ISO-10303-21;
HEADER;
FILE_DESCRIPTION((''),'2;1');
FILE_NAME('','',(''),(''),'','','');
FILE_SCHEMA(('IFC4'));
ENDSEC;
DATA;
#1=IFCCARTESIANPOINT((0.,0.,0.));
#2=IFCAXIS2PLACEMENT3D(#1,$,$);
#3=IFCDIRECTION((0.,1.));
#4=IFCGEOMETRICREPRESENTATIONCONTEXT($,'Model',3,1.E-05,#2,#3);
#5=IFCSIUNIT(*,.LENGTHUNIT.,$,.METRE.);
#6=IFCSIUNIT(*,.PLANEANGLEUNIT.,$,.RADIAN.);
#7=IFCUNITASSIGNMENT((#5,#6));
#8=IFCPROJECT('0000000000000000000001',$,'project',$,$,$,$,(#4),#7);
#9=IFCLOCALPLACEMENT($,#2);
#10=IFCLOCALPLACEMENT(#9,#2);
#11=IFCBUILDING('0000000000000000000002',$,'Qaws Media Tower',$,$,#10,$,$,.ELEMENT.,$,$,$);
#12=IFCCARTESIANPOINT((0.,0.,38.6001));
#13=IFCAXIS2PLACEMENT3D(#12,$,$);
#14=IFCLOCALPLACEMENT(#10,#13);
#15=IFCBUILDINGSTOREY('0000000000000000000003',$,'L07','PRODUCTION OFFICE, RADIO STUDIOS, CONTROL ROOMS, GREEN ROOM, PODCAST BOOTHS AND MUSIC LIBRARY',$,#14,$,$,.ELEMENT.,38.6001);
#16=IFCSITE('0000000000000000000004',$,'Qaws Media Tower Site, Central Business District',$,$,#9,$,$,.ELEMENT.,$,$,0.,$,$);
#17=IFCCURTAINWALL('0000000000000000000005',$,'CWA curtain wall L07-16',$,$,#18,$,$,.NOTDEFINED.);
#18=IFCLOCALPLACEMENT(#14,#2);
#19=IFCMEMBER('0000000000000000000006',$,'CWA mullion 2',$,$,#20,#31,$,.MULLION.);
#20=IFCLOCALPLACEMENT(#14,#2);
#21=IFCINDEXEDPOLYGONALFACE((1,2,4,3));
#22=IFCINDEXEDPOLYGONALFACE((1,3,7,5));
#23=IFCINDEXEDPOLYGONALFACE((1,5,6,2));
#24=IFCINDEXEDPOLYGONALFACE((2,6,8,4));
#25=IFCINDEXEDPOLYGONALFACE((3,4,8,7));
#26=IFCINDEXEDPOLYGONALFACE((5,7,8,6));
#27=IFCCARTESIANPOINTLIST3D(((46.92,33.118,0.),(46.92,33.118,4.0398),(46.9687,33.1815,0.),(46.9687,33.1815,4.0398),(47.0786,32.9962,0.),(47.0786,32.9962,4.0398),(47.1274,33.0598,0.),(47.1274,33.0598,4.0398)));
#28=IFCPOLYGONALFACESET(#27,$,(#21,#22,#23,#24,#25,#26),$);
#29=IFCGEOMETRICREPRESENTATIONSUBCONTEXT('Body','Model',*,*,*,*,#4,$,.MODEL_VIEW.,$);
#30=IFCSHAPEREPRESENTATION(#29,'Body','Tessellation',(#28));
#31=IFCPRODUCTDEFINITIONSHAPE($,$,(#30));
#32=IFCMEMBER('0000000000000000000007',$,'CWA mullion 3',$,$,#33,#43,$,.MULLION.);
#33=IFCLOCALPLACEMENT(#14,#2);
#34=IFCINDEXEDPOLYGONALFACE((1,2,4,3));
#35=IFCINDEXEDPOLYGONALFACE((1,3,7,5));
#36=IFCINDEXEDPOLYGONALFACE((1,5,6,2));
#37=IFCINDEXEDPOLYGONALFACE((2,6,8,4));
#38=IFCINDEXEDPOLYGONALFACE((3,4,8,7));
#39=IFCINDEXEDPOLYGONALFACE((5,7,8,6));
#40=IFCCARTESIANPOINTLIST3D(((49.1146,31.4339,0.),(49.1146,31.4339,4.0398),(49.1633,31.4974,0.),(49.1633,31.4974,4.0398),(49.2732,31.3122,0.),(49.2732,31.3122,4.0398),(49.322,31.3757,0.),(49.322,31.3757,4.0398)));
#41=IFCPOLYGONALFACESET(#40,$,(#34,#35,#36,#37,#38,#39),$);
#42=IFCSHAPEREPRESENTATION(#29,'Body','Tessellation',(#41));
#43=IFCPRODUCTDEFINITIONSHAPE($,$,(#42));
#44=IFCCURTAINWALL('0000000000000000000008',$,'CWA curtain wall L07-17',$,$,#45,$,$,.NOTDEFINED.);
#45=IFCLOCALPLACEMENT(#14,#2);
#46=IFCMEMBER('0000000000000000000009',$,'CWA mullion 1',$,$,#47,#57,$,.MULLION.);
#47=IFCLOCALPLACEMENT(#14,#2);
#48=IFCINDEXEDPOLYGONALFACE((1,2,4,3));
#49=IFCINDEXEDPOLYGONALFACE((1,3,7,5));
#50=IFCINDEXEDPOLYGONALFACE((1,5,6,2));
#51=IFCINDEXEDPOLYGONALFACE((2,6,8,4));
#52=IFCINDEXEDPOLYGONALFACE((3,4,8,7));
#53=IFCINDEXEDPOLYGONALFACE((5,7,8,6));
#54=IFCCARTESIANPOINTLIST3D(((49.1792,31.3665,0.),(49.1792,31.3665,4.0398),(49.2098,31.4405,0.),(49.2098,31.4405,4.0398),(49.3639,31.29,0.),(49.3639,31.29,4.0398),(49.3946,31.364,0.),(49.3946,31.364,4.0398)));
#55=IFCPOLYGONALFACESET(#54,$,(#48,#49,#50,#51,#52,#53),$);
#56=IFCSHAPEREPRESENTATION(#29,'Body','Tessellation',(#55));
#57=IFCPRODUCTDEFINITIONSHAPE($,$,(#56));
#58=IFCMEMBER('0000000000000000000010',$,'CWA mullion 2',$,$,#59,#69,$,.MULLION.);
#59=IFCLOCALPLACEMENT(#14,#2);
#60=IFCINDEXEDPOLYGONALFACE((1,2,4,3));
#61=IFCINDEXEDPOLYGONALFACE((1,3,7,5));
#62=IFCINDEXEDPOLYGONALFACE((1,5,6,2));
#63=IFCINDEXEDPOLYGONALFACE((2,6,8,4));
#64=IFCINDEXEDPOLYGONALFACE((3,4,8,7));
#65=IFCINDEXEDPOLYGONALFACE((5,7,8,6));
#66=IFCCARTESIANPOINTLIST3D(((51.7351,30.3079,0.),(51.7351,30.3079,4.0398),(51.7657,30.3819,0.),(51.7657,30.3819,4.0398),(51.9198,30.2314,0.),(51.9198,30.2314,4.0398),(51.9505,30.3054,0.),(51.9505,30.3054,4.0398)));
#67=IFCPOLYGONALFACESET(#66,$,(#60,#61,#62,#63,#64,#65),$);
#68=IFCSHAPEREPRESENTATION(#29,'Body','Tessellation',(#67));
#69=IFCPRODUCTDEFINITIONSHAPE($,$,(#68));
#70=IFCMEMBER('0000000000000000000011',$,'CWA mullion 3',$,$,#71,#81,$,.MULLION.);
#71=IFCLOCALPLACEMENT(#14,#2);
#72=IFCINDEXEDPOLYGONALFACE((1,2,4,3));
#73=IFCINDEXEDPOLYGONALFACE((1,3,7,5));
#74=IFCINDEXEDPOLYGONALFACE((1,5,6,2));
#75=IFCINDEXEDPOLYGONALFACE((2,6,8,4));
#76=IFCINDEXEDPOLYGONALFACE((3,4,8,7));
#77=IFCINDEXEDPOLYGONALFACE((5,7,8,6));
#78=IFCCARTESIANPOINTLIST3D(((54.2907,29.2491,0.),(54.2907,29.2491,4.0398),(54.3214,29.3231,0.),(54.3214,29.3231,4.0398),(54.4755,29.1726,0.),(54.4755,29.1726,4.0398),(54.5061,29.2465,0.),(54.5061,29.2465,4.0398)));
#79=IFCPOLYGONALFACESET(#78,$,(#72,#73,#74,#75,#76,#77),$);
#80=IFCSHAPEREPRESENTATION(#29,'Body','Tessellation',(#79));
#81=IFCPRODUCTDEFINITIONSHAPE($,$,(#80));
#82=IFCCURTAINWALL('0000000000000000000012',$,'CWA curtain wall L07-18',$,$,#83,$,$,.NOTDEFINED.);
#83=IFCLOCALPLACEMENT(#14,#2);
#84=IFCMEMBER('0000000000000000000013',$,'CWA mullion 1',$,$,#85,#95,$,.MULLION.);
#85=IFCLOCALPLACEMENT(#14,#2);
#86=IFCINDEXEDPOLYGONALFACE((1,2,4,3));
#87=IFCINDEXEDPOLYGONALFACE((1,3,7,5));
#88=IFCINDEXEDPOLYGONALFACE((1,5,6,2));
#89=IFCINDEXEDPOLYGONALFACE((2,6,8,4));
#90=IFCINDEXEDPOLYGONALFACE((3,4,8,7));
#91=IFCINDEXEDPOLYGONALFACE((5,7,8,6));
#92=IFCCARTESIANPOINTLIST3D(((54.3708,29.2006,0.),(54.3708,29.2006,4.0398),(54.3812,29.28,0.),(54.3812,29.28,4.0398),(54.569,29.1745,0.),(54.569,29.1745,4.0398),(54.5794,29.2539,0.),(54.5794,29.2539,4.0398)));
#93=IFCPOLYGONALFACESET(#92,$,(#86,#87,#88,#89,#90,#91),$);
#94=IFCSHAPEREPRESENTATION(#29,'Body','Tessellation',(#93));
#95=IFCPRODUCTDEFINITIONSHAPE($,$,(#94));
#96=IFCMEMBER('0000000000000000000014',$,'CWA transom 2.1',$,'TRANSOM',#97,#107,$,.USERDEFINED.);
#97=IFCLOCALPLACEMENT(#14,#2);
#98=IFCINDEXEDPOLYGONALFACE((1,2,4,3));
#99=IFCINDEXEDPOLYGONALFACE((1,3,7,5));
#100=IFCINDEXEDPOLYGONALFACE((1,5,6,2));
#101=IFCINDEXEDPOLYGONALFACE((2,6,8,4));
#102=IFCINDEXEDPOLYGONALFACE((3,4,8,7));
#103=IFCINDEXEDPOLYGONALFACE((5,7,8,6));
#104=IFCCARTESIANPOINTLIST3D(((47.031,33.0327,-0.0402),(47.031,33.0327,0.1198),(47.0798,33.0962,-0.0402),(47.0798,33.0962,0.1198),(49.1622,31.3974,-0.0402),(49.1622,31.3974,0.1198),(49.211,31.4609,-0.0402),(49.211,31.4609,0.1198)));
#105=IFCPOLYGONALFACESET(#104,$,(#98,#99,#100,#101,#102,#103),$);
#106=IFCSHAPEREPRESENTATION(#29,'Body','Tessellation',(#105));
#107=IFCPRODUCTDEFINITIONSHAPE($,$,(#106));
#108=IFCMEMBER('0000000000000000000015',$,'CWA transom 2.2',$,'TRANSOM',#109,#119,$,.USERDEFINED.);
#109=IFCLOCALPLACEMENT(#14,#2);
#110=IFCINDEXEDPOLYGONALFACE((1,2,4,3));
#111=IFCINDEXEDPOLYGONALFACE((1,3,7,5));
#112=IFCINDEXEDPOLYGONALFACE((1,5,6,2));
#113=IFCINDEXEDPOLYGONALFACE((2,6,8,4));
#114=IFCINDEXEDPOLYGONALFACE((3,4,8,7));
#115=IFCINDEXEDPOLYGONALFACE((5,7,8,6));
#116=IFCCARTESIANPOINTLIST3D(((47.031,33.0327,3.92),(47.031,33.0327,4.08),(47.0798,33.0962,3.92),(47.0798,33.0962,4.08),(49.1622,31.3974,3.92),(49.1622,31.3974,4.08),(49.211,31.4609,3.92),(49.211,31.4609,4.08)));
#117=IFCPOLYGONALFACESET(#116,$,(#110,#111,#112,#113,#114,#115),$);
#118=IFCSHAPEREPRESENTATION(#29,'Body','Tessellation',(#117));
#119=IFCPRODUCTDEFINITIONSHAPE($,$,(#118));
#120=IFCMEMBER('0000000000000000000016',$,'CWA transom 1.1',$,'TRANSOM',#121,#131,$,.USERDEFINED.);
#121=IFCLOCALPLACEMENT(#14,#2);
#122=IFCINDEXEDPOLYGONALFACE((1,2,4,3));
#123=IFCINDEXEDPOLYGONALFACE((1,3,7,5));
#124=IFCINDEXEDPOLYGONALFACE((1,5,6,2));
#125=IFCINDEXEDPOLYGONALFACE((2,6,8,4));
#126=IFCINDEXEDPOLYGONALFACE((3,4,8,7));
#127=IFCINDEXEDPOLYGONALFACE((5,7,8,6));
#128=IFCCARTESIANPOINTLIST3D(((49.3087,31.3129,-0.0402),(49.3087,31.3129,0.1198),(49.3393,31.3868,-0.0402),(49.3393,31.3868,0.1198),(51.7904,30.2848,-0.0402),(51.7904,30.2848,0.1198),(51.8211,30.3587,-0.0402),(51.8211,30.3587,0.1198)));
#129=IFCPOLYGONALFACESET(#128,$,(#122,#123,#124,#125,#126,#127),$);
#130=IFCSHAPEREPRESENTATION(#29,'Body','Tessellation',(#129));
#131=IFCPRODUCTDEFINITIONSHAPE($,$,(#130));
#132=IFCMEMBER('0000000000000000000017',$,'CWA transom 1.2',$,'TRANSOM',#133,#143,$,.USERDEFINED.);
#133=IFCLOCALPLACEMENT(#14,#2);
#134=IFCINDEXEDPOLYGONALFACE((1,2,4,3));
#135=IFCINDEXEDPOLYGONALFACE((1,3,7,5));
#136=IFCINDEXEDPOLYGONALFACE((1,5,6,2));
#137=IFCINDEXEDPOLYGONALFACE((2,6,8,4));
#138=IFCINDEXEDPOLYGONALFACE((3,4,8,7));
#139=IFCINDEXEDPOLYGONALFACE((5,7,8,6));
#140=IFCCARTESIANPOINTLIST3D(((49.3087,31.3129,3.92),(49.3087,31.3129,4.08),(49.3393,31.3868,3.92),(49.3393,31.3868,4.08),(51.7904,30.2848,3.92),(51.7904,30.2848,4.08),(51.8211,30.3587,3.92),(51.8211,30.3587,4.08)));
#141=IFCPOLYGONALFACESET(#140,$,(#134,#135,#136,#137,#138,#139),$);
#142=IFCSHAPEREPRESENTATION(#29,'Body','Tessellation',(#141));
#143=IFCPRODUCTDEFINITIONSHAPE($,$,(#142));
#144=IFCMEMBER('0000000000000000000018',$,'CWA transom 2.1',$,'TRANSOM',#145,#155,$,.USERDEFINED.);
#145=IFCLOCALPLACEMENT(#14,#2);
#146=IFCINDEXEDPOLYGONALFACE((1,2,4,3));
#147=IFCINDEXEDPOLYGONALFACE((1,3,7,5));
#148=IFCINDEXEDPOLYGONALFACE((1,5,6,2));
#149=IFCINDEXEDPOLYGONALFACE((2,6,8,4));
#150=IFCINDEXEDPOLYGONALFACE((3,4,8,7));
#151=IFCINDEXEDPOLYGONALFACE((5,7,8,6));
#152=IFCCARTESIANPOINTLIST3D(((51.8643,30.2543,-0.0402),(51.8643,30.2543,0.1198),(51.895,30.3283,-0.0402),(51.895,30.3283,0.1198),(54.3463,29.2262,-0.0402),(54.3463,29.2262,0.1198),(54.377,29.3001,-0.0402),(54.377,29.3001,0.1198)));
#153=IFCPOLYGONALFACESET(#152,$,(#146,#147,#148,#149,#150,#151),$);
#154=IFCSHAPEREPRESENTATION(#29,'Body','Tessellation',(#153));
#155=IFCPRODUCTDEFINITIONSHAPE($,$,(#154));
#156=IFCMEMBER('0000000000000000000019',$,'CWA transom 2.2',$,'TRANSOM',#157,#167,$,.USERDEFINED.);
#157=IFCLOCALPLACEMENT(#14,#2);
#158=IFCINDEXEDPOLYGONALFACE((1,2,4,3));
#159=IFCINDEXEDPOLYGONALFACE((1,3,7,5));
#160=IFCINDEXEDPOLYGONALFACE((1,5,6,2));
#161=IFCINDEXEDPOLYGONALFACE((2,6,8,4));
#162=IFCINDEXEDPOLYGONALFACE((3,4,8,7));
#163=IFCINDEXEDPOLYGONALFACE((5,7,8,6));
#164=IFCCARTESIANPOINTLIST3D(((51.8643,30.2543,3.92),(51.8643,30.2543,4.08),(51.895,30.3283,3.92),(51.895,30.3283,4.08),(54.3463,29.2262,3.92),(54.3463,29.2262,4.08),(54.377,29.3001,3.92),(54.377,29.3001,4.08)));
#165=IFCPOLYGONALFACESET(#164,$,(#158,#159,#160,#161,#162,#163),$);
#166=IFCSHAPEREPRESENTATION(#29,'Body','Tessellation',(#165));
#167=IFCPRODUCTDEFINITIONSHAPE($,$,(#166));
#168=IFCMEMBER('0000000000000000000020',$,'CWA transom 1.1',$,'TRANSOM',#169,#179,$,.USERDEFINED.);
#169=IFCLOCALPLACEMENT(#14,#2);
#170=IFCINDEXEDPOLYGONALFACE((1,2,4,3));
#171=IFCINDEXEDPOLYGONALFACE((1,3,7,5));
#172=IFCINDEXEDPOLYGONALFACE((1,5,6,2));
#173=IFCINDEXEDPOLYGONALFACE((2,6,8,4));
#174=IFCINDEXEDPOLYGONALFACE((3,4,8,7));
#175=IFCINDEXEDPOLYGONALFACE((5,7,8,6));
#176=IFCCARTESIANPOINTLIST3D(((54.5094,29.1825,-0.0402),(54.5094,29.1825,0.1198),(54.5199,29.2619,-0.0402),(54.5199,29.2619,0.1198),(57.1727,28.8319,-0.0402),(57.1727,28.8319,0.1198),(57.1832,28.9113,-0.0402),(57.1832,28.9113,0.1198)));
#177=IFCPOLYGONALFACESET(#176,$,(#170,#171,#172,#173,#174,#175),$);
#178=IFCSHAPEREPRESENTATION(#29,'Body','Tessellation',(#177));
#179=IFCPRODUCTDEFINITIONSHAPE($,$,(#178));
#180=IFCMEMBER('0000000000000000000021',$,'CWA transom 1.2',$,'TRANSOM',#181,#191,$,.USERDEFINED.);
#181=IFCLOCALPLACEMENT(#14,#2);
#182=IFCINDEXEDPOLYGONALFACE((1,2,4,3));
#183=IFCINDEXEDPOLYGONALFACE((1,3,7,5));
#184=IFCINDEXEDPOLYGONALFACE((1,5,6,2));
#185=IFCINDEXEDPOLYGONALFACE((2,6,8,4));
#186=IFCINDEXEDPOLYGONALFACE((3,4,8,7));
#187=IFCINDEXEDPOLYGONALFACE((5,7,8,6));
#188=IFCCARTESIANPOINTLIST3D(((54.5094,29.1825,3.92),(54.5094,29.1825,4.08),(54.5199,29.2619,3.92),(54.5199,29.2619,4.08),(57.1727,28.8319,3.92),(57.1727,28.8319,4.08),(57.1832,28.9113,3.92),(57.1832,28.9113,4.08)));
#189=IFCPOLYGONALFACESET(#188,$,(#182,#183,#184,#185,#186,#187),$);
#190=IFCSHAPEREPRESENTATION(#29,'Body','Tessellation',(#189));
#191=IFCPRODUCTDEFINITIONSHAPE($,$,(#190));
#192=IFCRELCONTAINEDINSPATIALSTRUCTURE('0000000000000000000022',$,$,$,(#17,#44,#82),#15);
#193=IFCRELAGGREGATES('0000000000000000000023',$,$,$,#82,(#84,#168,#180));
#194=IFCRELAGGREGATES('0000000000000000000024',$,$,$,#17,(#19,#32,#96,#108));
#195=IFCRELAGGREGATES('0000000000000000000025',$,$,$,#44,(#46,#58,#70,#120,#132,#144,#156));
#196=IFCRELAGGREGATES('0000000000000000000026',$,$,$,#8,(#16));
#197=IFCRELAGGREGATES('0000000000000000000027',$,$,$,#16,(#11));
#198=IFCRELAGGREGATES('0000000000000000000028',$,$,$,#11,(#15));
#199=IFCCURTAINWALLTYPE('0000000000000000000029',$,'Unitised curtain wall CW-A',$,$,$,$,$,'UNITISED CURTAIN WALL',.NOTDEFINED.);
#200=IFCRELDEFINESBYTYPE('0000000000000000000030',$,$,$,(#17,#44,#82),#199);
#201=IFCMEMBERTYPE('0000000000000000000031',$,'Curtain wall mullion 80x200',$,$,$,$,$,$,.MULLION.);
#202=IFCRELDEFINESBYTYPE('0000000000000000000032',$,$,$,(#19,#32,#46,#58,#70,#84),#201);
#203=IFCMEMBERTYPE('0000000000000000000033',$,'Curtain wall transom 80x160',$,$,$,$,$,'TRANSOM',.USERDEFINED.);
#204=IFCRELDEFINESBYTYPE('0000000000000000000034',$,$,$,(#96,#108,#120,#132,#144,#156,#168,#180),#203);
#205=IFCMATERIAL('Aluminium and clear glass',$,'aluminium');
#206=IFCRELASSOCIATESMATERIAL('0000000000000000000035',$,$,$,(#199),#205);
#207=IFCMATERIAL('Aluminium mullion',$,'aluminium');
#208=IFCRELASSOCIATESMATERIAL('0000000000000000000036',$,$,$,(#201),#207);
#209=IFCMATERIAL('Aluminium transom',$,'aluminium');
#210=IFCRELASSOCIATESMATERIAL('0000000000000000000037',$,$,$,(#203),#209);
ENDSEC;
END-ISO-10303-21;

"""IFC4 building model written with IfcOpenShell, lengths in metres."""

from ifc_helpers import new_model, si_unit, direction, frame, origin, origin_2d, place, context, subcontext, project, spatial, rectangle, extrude, material, material_profile, profile_set, type_object, element, aggregate, save


model = new_model("IFC4")

# Units and contexts
model_context = context("Model", 3, precision=1e-05, world=origin(), true_north=direction((0.0, 1.0)))
body_context = subcontext(model_context, "Body", "Model", "MODEL_VIEW")
ifc_project = project(units=[si_unit("LENGTHUNIT", "METRE"), si_unit("PLANEANGLEUNIT", "RADIAN")], contexts=[model_context])

# Site, building, storey
site_placement = place(None, origin())
site = spatial("IfcSite", under=ifc_project, at=site_placement, Name="Qaws Media Tower Site, Central Business District", CompositionType="ELEMENT", RefElevation=0.0)
building_placement = place(site_placement, origin())
building = spatial("IfcBuilding", under=site, at=building_placement, Name="Qaws Media Tower", CompositionType="ELEMENT")
storey_placement = place(building_placement, frame((0.0, 0.0, 38.6001)))
storey = spatial("IfcBuildingStorey", under=building, at=storey_placement, Name="L07", Description="PRODUCTION OFFICE, RADIO STUDIOS, CONTROL ROOMS, GREEN ROOM, PODCAST BOOTHS AND MUSIC LIBRARY", CompositionType="ELEMENT", Elevation=38.6001)

# Curtain walls, members
ifc_material_1 = material(Name="Aluminium and clear glass", Category="aluminium")
curtain_wall_type = type_object("IfcCurtainWallType", Name="Unitised curtain wall CW-A", ElementType="UNITISED CURTAIN WALL", PredefinedType="NOTDEFINED", material=ifc_material_1)
curtain_wall_1_placement = place(storey_placement, origin())
curtain_wall_1 = element("IfcCurtainWall", 1, at=curtain_wall_1_placement, inside=storey, type_object=curtain_wall_type, Name="CWA curtain wall L07-16", PredefinedType="NOTDEFINED")
ifc_material_2 = material(Name="Aluminium mullion", Category="aluminium")
ifc_material_profile_1 = material_profile(ifc_material_2, rectangle(XDim=0.0801, YDim=0.2, at=origin_2d()), Name="80x200")
ifc_profile_set_1 = profile_set([ifc_material_profile_1], Name="Aluminium mullion")
member_type_1 = type_object("IfcMemberType", Name="Curtain wall mullion 80x200", PredefinedType="MULLION", material=ifc_profile_set_1)
member_1_placement = place(storey_placement, frame((47.0237, 33.0889, 0.0), z_axis=(0.0, 0.0, 1.0), x_axis=(0.608761, 0.793353, 0.0)))
member_1 = element("IfcMember", 2, at=member_1_placement, type_object=member_type_1, Name="CWA mullion 2", PredefinedType="MULLION", context=body_context, shape_type="SweptSolid", body=[
    extrude(rectangle(XDim=0.0801, YDim=0.2, at=origin_2d()), origin(), (0.0, 0.0, 1.0), 4.0398),
])
member_2_placement = place(storey_placement, frame((49.2183, 31.4048, 0.0), z_axis=(0.0, 0.0, 1.0), x_axis=(0.608761, 0.793353, 0.0)))
member_2 = element("IfcMember", 3, at=member_2_placement, type_object=member_type_1, Name="CWA mullion 3", PredefinedType="MULLION", context=body_context, shape_type="SweptSolid", body=[
    extrude(rectangle(XDim=0.0801, YDim=0.2, at=origin_2d()), origin(), (0.0, 0.0, 1.0), 4.0398),
])
curtain_wall_2_placement = place(storey_placement, origin())
curtain_wall_2 = element("IfcCurtainWall", 4, at=curtain_wall_2_placement, inside=storey, type_object=curtain_wall_type, Name="CWA curtain wall L07-17", PredefinedType="NOTDEFINED")
member_3_placement = place(storey_placement, frame((49.2869, 31.3652, 0.0), z_axis=(0.0, 0.0, 1.0), x_axis=(0.382683, 0.92388, 0.0)))
member_3 = element("IfcMember", 5, at=member_3_placement, type_object=member_type_1, Name="CWA mullion 1", PredefinedType="MULLION", context=body_context, shape_type="SweptSolid", body=[
    extrude(rectangle(XDim=0.0801, YDim=0.2, at=origin_2d()), origin(), (0.0, 0.0, 1.0), 4.0398),
])
member_4_placement = place(storey_placement, frame((51.8428, 30.3066, 0.0), z_axis=(0.0, 0.0, 1.0), x_axis=(0.382683, 0.92388, 0.0)))
member_4 = element("IfcMember", 6, at=member_4_placement, type_object=member_type_1, Name="CWA mullion 2", PredefinedType="MULLION", context=body_context, shape_type="SweptSolid", body=[
    extrude(rectangle(XDim=0.0801, YDim=0.2, at=origin_2d()), origin(), (0.0, 0.0, 1.0), 4.0398),
])
member_5_placement = place(storey_placement, frame((54.3984, 29.2478, 0.0), z_axis=(0.0, 0.0, 1.0), x_axis=(0.382683, 0.92388, 0.0)))
member_5 = element("IfcMember", 7, at=member_5_placement, type_object=member_type_1, Name="CWA mullion 3", PredefinedType="MULLION", context=body_context, shape_type="SweptSolid", body=[
    extrude(rectangle(XDim=0.0801, YDim=0.2, at=origin_2d()), origin(), (0.0, 0.0, 1.0), 4.0398),
])

# Curtain wall, member
curtain_wall_3_placement = place(storey_placement, origin())
curtain_wall_3 = element("IfcCurtainWall", 8, at=curtain_wall_3_placement, inside=storey, type_object=curtain_wall_type, Name="CWA curtain wall L07-18", PredefinedType="NOTDEFINED")
member_6_placement = place(storey_placement, frame((54.4751, 29.2273, 0.0), z_axis=(0.0, 0.0, 1.0), x_axis=(0.130526, 0.991445, 0.0)))
member_6 = element("IfcMember", 9, at=member_6_placement, type_object=member_type_1, Name="CWA mullion 1", PredefinedType="MULLION", context=body_context, shape_type="SweptSolid", body=[
    extrude(rectangle(XDim=0.0801, YDim=0.2, at=origin_2d()), origin(), (0.0, 0.0, 1.0), 4.0398),
])

# Members
ifc_material_3 = material(Name="Aluminium transom", Category="aluminium")
ifc_material_profile_2 = material_profile(ifc_material_3, rectangle(XDim=0.0801, YDim=0.1599, at=origin_2d()), Name="80x160")
ifc_profile_set_2 = profile_set([ifc_material_profile_2], Name="Aluminium transom")
member_type_2 = type_object("IfcMemberType", Name="Curtain wall transom 80x160", ElementType="TRANSOM", PredefinedType="USERDEFINED", material=ifc_profile_set_2)
member_7_placement = place(storey_placement, frame((47.0554, 33.0645, 0.0398), z_axis=(0.793353, -0.608762, 0.0), x_axis=(0.608762, 0.793353, 0.0)))
member_7 = element("IfcMember", 10, at=member_7_placement, type_object=member_type_2, Name="CWA transom 2.1", ObjectType="TRANSOM", PredefinedType="USERDEFINED", context=body_context, shape_type="SweptSolid", body=[
    extrude(rectangle(XDim=0.0801, YDim=0.1599, at=origin_2d()), origin(), (0.0, 0.0, 1.0), 2.6863),
])
member_8_placement = place(storey_placement, frame((47.0554, 33.0645, 4.0), z_axis=(0.793353, -0.608762, 0.0), x_axis=(0.608762, 0.793353, 0.0)))
member_8 = element("IfcMember", 11, at=member_8_placement, type_object=member_type_2, Name="CWA transom 2.2", ObjectType="TRANSOM", PredefinedType="USERDEFINED", context=body_context, shape_type="SweptSolid", body=[
    extrude(rectangle(XDim=0.0801, YDim=0.1599, at=origin_2d()), origin(), (0.0, 0.0, 1.0), 2.6863),
])
member_9_placement = place(storey_placement, frame((49.324, 31.3499, 0.0398), z_axis=(0.923863, -0.382724, 0.0), x_axis=(0.382724, 0.923863, 0.0)))
member_9 = element("IfcMember", 12, at=member_9_placement, type_object=member_type_2, Name="CWA transom 1.1", ObjectType="TRANSOM", PredefinedType="USERDEFINED", context=body_context, shape_type="SweptSolid", body=[
    extrude(rectangle(XDim=0.0801, YDim=0.1599, at=origin_2d()), origin(), (0.0, 0.0, 1.0), 2.6863),
])
member_10_placement = place(storey_placement, frame((49.324, 31.3499, 4.0), z_axis=(0.923863, -0.382724, 0.0), x_axis=(0.382724, 0.923863, 0.0)))
member_10 = element("IfcMember", 13, at=member_10_placement, type_object=member_type_2, Name="CWA transom 1.2", ObjectType="TRANSOM", PredefinedType="USERDEFINED", context=body_context, shape_type="SweptSolid", body=[
    extrude(rectangle(XDim=0.0801, YDim=0.1599, at=origin_2d()), origin(), (0.0, 0.0, 1.0), 2.6863),
])
member_11_placement = place(storey_placement, frame((51.8796, 30.2913, 0.0398), z_axis=(0.923876, -0.382692, 0.0), x_axis=(0.382692, 0.923876, 0.0)))
member_11 = element("IfcMember", 14, at=member_11_placement, type_object=member_type_2, Name="CWA transom 2.1", ObjectType="TRANSOM", PredefinedType="USERDEFINED", context=body_context, shape_type="SweptSolid", body=[
    extrude(rectangle(XDim=0.0801, YDim=0.1599, at=origin_2d()), origin(), (0.0, 0.0, 1.0), 2.6865),
])
member_12_placement = place(storey_placement, frame((51.8796, 30.2913, 4.0), z_axis=(0.923876, -0.382692, 0.0), x_axis=(0.382692, 0.923876, 0.0)))
member_12 = element("IfcMember", 15, at=member_12_placement, type_object=member_type_2, Name="CWA transom 2.2", ObjectType="TRANSOM", PredefinedType="USERDEFINED", context=body_context, shape_type="SweptSolid", body=[
    extrude(rectangle(XDim=0.0801, YDim=0.1599, at=origin_2d()), origin(), (0.0, 0.0, 1.0), 2.6865),
])
member_13_placement = place(storey_placement, frame((54.5146, 29.2222, 0.0398), z_axis=(0.991447, -0.130509, 0.0), x_axis=(0.130509, 0.991447, 0.0)))
member_13 = element("IfcMember", 16, at=member_13_placement, type_object=member_type_2, Name="CWA transom 1.1", ObjectType="TRANSOM", PredefinedType="USERDEFINED", context=body_context, shape_type="SweptSolid", body=[
    extrude(rectangle(XDim=0.0801, YDim=0.1599, at=origin_2d()), origin(), (0.0, 0.0, 1.0), 2.6863),
])
member_14_placement = place(storey_placement, frame((54.5146, 29.2222, 4.0), z_axis=(0.991447, -0.130509, 0.0), x_axis=(0.130509, 0.991447, 0.0)))
member_14 = element("IfcMember", 17, at=member_14_placement, type_object=member_type_2, Name="CWA transom 1.2", ObjectType="TRANSOM", PredefinedType="USERDEFINED", context=body_context, shape_type="SweptSolid", body=[
    extrude(rectangle(XDim=0.0801, YDim=0.1599, at=origin_2d()), origin(), (0.0, 0.0, 1.0), 2.6863),
])
aggregate(curtain_wall_3, [member_6, member_13, member_14])

aggregate(curtain_wall_1, [member_1, member_2, member_7, member_8])
aggregate(curtain_wall_2, [member_3, member_4, member_5, member_9, member_10, member_11, member_12])

save(model, "model.ifc")
